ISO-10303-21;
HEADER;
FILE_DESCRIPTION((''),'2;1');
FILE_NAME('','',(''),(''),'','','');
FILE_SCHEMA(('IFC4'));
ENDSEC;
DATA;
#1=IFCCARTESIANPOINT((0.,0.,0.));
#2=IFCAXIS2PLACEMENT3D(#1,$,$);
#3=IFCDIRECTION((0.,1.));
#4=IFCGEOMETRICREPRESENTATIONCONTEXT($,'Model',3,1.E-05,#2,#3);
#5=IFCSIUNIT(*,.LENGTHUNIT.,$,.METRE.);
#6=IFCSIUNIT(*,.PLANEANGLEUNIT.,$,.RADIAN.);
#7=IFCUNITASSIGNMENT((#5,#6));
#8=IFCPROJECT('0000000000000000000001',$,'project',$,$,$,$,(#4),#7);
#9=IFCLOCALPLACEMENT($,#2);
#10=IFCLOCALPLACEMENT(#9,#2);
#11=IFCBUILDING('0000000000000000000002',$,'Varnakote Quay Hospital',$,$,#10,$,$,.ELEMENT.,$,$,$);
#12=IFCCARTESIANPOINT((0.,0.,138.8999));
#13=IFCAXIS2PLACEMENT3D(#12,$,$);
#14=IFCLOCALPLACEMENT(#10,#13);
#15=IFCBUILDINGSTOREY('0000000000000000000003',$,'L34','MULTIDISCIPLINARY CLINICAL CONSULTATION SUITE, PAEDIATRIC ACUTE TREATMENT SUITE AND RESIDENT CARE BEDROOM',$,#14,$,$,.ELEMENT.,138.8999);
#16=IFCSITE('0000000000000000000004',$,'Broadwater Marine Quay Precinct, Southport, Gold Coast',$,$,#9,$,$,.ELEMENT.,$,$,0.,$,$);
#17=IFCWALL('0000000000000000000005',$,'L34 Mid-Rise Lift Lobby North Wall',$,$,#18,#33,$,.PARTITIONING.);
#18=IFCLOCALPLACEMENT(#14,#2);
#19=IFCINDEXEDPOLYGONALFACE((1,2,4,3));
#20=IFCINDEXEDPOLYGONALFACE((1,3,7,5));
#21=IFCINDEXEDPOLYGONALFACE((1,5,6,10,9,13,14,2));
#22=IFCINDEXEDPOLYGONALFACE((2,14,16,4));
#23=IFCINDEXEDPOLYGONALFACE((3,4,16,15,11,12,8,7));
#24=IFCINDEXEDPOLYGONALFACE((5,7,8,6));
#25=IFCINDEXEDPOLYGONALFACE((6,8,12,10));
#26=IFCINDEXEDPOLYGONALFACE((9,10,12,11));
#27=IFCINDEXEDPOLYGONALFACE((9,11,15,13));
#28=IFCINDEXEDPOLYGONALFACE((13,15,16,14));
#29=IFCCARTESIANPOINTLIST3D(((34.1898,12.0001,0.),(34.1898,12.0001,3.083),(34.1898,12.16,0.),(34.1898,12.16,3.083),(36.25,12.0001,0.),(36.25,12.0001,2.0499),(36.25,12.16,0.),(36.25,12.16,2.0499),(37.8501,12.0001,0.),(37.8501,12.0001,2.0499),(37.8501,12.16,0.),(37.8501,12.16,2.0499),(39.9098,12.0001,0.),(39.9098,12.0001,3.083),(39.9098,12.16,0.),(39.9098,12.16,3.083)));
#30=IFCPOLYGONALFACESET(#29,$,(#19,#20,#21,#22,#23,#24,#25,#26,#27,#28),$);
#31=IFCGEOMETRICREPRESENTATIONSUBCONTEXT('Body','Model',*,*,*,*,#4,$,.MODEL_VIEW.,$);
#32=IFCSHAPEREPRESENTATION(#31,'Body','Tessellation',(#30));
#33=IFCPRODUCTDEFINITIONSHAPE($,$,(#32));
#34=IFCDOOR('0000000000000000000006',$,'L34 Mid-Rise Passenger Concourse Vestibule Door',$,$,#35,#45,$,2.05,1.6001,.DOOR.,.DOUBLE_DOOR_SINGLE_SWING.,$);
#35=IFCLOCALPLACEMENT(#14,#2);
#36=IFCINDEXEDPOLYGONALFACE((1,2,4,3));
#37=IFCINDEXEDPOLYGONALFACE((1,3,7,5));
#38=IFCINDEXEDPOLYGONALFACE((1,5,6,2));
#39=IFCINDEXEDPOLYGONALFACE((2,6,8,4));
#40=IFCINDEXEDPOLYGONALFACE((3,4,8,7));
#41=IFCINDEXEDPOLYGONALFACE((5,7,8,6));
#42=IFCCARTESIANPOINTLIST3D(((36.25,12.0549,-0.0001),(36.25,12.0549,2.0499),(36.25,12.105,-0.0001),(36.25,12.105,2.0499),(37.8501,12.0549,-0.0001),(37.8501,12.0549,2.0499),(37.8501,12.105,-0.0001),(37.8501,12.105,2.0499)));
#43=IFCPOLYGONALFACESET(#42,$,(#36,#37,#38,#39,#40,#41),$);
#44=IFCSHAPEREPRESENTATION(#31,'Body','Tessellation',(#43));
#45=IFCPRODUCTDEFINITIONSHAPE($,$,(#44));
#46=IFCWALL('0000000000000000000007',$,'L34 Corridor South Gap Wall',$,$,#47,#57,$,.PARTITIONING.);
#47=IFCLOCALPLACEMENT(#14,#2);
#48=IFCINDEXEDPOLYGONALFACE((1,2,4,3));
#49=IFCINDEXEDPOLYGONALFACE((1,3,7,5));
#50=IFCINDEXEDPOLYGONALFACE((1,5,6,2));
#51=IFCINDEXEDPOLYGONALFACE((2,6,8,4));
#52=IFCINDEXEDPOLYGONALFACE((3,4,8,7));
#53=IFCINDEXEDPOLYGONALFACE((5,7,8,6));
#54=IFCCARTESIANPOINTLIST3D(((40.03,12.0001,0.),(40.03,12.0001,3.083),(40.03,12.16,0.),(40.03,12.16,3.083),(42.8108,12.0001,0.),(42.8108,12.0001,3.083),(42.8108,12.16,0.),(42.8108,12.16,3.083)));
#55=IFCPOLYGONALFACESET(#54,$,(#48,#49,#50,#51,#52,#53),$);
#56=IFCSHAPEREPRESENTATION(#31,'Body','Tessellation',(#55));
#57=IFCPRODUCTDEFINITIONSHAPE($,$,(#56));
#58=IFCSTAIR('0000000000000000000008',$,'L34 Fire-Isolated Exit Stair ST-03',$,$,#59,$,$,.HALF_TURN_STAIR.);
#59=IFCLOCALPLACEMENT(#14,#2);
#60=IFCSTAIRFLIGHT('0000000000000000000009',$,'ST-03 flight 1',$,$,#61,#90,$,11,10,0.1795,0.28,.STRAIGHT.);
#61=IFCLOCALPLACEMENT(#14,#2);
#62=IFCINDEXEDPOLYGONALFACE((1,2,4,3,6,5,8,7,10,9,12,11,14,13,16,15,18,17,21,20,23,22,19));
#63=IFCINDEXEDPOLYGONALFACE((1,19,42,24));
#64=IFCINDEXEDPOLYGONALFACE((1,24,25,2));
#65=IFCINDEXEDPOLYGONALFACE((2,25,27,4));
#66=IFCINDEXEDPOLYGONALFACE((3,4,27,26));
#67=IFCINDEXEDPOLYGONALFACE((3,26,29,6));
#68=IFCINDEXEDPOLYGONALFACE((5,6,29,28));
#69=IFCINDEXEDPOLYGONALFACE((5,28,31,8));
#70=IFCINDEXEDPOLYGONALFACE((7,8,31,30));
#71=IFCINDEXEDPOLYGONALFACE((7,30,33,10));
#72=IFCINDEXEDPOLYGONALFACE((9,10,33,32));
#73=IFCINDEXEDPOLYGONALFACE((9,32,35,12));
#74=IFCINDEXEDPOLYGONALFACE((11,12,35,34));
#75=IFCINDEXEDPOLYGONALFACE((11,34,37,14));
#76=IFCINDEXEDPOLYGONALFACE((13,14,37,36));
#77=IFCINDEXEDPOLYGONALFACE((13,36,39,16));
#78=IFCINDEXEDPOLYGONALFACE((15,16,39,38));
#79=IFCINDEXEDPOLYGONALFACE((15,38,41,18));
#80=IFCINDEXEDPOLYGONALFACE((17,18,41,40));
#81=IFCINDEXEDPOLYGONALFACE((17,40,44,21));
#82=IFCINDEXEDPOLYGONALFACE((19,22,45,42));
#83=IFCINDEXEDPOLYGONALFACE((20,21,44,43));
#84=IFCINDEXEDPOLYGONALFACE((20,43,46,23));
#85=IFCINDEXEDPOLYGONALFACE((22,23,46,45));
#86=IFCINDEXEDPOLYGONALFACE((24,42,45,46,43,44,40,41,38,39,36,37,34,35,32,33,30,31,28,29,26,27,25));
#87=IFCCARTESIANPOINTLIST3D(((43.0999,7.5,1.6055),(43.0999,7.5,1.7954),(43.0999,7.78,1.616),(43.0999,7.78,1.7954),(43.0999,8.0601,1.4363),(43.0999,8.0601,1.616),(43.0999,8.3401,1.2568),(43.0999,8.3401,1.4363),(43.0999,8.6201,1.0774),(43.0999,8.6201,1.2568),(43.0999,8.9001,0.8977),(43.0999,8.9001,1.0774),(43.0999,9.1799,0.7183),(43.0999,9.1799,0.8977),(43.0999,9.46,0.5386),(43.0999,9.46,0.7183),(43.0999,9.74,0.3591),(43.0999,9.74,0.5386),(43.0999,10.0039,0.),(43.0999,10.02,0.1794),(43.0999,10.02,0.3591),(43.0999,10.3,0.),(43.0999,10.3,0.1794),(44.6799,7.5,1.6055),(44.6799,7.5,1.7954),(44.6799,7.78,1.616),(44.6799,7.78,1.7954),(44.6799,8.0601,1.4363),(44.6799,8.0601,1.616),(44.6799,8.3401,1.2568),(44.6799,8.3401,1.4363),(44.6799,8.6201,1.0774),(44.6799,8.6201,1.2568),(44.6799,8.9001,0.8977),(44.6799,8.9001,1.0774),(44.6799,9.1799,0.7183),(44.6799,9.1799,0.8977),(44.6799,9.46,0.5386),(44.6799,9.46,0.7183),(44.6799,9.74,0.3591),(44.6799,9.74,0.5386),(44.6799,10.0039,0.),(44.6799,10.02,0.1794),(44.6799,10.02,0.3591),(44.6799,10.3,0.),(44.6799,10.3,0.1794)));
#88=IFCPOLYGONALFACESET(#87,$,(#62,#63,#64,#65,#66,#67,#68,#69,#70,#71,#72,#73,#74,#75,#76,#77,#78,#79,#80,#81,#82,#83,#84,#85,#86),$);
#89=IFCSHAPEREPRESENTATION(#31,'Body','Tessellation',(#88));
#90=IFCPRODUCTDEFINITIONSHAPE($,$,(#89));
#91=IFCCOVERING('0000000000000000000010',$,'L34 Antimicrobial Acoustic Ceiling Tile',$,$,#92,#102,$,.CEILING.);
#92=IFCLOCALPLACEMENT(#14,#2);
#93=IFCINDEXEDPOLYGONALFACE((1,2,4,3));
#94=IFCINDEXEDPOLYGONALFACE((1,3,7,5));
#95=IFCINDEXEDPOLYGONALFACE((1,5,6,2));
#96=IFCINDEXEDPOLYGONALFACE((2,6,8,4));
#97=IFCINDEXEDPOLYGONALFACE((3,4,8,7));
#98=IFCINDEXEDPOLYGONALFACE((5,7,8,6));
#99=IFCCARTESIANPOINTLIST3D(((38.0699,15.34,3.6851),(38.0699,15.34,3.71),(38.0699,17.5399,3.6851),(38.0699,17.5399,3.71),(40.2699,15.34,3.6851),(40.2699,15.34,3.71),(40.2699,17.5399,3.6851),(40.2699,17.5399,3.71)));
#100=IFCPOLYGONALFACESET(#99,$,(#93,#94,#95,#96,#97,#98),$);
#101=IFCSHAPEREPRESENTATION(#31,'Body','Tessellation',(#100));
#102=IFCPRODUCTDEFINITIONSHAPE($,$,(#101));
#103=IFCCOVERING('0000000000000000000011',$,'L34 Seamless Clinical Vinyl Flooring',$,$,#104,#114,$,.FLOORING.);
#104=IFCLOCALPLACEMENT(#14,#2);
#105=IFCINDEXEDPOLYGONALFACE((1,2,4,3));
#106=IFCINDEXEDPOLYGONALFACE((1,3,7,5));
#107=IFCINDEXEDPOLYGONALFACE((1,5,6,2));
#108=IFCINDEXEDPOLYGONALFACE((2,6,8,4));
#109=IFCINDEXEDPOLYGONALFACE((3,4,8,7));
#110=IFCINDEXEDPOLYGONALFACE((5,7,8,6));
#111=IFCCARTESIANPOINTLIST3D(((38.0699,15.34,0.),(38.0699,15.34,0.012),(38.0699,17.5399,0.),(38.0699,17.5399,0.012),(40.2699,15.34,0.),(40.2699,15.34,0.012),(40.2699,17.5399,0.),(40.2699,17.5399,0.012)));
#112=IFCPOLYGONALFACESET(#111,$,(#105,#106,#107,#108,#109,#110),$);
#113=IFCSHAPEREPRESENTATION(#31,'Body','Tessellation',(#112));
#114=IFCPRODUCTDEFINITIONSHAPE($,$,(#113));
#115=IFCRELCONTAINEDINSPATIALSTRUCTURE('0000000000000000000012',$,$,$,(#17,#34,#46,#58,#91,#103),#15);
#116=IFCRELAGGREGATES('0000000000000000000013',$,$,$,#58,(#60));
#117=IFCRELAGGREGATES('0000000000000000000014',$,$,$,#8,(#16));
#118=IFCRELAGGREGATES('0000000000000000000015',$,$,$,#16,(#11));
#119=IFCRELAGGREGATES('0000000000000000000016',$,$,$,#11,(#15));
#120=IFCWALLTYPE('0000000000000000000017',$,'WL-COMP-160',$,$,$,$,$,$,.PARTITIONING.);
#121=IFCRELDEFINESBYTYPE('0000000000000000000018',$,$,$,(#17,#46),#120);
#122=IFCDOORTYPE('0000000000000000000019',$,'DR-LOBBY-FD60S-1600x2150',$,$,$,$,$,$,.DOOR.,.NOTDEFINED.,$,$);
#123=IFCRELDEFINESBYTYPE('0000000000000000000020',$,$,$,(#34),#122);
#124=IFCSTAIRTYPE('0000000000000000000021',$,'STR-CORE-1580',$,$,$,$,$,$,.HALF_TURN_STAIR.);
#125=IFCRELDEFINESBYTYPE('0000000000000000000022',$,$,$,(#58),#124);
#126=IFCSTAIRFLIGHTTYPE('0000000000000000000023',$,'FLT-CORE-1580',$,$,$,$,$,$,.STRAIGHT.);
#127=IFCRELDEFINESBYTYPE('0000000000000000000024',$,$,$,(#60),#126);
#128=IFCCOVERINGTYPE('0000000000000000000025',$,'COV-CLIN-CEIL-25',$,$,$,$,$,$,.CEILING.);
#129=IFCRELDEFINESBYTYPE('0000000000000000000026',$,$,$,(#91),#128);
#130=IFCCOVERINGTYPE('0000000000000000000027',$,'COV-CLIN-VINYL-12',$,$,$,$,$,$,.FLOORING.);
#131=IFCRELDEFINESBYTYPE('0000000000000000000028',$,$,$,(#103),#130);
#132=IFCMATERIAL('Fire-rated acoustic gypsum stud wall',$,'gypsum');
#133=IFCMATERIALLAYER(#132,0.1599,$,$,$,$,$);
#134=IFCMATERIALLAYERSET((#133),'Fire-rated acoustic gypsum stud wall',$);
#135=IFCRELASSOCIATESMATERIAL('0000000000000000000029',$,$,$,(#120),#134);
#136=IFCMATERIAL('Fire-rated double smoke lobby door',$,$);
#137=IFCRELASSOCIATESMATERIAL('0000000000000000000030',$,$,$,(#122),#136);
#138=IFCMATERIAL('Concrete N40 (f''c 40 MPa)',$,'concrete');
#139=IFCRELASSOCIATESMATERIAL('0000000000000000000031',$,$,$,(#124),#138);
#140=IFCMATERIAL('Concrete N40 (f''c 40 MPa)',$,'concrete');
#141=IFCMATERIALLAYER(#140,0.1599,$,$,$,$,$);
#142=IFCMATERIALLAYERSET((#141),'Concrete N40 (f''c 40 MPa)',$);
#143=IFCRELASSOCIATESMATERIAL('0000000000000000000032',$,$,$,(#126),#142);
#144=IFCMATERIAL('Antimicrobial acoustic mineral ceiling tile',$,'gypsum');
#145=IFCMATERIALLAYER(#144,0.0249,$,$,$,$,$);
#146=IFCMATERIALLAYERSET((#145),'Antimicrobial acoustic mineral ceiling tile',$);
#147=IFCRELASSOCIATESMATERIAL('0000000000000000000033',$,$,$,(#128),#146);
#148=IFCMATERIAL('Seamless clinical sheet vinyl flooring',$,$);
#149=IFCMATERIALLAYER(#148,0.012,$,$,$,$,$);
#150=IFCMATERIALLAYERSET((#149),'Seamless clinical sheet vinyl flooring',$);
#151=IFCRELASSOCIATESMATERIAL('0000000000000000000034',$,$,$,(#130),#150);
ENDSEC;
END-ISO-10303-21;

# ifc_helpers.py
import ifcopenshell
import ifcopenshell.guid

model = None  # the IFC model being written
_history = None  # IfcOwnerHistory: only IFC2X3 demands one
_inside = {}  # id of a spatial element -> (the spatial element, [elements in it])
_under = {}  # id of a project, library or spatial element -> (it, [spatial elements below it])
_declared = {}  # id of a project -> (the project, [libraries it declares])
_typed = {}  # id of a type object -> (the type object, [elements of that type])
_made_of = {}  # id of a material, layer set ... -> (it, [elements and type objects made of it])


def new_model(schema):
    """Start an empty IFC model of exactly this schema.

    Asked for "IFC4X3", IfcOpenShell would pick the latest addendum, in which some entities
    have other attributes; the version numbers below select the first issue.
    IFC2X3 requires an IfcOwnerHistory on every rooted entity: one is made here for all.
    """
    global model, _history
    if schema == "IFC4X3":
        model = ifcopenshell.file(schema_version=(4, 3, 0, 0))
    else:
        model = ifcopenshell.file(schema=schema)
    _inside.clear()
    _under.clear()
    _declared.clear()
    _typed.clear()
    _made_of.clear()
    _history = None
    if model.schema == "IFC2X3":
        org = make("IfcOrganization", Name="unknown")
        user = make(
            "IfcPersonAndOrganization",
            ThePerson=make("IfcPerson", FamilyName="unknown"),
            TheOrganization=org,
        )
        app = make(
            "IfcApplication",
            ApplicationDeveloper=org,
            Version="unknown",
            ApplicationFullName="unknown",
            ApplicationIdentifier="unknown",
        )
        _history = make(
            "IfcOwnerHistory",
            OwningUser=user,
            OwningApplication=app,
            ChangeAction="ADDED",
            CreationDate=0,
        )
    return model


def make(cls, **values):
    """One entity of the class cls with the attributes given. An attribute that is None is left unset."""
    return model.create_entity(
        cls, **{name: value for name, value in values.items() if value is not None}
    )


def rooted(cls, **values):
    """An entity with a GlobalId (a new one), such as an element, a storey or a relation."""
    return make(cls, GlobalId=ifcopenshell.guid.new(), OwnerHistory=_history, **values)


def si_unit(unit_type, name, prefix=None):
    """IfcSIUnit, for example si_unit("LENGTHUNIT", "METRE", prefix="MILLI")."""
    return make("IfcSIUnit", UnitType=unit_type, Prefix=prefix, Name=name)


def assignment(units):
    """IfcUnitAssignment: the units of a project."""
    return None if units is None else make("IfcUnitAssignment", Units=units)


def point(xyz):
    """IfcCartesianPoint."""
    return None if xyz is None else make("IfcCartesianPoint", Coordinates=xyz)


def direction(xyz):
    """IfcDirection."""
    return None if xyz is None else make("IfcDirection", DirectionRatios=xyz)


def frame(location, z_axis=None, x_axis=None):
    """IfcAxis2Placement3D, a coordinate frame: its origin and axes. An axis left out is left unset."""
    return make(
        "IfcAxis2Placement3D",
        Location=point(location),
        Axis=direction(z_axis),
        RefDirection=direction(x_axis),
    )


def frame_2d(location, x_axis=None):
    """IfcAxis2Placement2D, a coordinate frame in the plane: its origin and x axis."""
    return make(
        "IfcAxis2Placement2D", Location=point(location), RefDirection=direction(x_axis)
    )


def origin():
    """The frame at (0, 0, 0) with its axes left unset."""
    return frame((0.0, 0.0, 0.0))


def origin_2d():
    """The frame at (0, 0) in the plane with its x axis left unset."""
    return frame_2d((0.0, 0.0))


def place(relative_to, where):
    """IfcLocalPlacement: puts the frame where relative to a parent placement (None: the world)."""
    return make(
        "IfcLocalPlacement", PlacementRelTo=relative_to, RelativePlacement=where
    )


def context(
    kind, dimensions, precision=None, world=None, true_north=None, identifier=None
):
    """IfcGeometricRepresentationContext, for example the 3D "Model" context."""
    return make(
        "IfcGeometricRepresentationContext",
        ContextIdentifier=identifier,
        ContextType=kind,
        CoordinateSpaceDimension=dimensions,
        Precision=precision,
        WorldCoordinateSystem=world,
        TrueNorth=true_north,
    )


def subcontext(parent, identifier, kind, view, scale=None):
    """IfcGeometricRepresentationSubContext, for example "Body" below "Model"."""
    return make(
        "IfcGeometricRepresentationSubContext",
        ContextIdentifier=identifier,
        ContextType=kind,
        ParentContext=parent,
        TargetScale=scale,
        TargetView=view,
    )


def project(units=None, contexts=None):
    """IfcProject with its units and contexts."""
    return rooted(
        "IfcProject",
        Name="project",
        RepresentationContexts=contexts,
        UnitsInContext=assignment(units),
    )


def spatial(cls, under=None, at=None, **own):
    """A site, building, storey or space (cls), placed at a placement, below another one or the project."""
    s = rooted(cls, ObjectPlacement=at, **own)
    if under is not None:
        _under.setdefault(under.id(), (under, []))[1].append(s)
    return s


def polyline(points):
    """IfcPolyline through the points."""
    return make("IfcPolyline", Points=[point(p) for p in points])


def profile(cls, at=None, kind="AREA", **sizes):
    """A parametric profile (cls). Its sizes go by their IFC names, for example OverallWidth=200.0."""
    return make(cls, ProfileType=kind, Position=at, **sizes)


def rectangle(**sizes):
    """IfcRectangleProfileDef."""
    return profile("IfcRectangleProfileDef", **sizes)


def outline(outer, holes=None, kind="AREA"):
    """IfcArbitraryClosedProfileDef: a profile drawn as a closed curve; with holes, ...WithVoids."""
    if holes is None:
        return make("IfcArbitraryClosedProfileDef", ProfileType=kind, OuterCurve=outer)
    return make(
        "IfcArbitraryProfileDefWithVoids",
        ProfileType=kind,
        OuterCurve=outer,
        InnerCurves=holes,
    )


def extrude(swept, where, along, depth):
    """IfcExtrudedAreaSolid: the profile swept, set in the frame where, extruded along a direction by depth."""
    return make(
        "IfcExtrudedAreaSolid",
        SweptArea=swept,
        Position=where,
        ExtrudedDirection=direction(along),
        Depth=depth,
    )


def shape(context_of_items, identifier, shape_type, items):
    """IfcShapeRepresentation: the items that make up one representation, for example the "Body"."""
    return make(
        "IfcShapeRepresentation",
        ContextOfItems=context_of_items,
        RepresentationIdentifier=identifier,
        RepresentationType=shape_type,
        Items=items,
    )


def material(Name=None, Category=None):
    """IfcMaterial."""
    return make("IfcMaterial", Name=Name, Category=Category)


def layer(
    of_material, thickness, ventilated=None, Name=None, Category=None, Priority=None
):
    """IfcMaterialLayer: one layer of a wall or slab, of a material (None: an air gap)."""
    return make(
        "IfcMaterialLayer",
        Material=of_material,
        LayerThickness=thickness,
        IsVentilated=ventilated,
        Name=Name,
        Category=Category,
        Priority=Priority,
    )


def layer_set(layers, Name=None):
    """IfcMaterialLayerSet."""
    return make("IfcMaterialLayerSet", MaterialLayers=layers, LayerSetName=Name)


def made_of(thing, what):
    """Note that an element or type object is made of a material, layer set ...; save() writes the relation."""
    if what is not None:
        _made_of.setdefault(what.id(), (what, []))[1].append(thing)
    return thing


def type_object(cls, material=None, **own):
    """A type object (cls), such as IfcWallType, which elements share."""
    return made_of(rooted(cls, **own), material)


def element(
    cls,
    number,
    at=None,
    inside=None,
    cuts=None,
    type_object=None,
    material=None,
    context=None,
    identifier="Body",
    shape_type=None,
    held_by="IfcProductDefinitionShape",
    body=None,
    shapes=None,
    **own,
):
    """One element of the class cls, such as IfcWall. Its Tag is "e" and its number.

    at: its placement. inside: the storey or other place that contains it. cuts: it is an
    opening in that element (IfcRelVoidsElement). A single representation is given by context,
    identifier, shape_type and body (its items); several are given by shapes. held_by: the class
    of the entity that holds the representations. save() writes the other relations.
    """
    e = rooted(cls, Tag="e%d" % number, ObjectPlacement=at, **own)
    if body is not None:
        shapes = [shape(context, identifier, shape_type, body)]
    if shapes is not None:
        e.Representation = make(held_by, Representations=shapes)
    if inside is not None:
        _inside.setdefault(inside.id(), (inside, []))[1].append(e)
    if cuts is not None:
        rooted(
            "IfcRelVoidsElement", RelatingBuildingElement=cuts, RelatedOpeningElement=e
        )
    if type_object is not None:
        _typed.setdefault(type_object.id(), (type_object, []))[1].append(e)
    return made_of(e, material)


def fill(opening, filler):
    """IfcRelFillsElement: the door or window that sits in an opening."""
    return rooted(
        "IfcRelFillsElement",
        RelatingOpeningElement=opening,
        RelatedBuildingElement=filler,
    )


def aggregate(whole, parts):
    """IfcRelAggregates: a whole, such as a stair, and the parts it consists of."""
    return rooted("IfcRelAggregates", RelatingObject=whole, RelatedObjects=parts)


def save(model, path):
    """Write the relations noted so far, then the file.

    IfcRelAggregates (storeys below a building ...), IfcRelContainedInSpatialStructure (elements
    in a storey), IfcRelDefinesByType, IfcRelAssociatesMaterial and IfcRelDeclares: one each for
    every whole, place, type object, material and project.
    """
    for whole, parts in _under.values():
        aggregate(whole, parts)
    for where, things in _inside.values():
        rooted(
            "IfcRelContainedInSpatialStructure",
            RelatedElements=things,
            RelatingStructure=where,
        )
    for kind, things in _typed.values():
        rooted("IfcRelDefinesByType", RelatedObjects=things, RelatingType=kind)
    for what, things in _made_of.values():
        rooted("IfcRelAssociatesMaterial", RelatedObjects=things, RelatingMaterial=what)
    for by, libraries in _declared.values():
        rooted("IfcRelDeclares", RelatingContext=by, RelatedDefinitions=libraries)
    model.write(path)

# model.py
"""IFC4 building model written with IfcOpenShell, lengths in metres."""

from ifc_helpers import new_model, si_unit, direction, frame, frame_2d, origin, origin_2d, place, context, subcontext, project, spatial, polyline, rectangle, outline, extrude, material, layer, layer_set, type_object, element, fill, aggregate, save


model = new_model("IFC4")

# Units and contexts
model_context = context("Model", 3, precision=1e-05, world=origin(), true_north=direction((0.0, 1.0)))
body_context = subcontext(model_context, "Body", "Model", "MODEL_VIEW")
ifc_project = project(units=[si_unit("LENGTHUNIT", "METRE"), si_unit("PLANEANGLEUNIT", "RADIAN")], contexts=[model_context])

# Site, building, storey
site_placement = place(None, origin())
site = spatial("IfcSite", under=ifc_project, at=site_placement, Name="Broadwater Marine Quay Precinct, Southport, Gold Coast", CompositionType="ELEMENT", RefElevation=0.0)
building_placement = place(site_placement, origin())
building = spatial("IfcBuilding", under=site, at=building_placement, Name="Varnakote Quay Hospital", CompositionType="ELEMENT")
storey_placement = place(building_placement, frame((0.0, 0.0, 138.8999)))
storey = spatial("IfcBuildingStorey", under=building, at=storey_placement, Name="L34", Description="MULTIDISCIPLINARY CLINICAL CONSULTATION SUITE, PAEDIATRIC ACUTE TREATMENT SUITE AND RESIDENT CARE BEDROOM", CompositionType="ELEMENT", Elevation=138.8999)

# Wall, opening, door
ifc_material_1 = material(Name="Fire-rated acoustic gypsum stud wall", Category="gypsum")
ifc_layer_1 = layer(ifc_material_1, 0.1599)
ifc_layer_set_1 = layer_set([ifc_layer_1], Name="Fire-rated acoustic gypsum stud wall")
wall_type_1 = type_object("IfcWallType", Name="WL-COMP-160", PredefinedType="PARTITIONING", material=ifc_layer_set_1)
wall_1_placement = place(storey_placement, frame((34.1899, 12.0801, 0.0), z_axis=(0.0, 0.0, 1.0), x_axis=(1.0, 0.0, 0.0)))
wall_1 = element("IfcWall", 1, at=wall_1_placement, inside=storey, type_object=wall_type_1, Name="L34 Mid-Rise Lift Lobby North Wall", PredefinedType="PARTITIONING", context=body_context, shape_type="SweptSolid", body=[
    extrude(rectangle(XDim=5.72, YDim=0.1599, at=frame_2d((2.8599, 0.0))), origin(), (0.0, 0.0, 1.0), 3.083),
])
opening_1_placement = place(wall_1_placement, frame((2.0601, 0.0, 0.0)))
opening_1 = element("IfcOpeningElement", 2, at=opening_1_placement, cuts=wall_1, PredefinedType="OPENING", context=body_context, shape_type="SweptSolid", body=[
    extrude(rectangle(XDim=1.6001, YDim=2.05, at=frame_2d((0.8, 1.0249))), frame((0.0, 0.0898, 0.0), z_axis=(0.0, -1.0, 0.0), x_axis=(1.0, 0.0, 0.0)), (0.0, 0.0, 1.0), 0.1799),
])
ifc_material_2 = material(Name="Fire-rated double smoke lobby door")
door_type_1 = type_object("IfcDoorType", Name="DR-LOBBY-FD60S-1600x2150", OperationType="NOTDEFINED", PredefinedType="DOOR", material=ifc_material_2)
door_1_placement = place(opening_1_placement, origin())
door_1 = element("IfcDoor", 3, at=door_1_placement, inside=storey, type_object=door_type_1, Name="L34 Mid-Rise Passenger Concourse Vestibule Door", OperationType="DOUBLE_DOOR_SINGLE_SWING", OverallHeight=2.05, OverallWidth=1.6001, PredefinedType="DOOR", context=body_context, shape_type="SweptSolid", body=[
    extrude(rectangle(XDim=1.6001, YDim=2.05, at=frame_2d((0.8, 1.0249))), frame((0.0, 0.0249, 0.0), z_axis=(0.0, -1.0, 0.0), x_axis=(1.0, 0.0, 0.0)), (0.0, 0.0, 1.0), 0.05),
])
fill(opening_1, door_1)

# Wall
wall_2_placement = place(storey_placement, frame((40.03, 12.0801, 0.0), z_axis=(0.0, 0.0, 1.0), x_axis=(1.0, 0.0, 0.0)))
element("IfcWall", 4, at=wall_2_placement, inside=storey, type_object=wall_type_1, Name="L34 Corridor South Gap Wall", PredefinedType="PARTITIONING", context=body_context, shape_type="SweptSolid", body=[
    extrude(rectangle(XDim=2.7808, YDim=0.1599, at=frame_2d((1.3904, 0.0))), origin(), (0.0, 0.0, 1.0), 3.083),
])

# Stair, stair flight
ifc_material_3 = material(Name="Concrete N40 (f'c 40 MPa)", Category="concrete")
stair_type = type_object("IfcStairType", Name="STR-CORE-1580", PredefinedType="HALF_TURN_STAIR", material=ifc_material_3)
stair_placement = place(storey_placement, origin())
stair = element("IfcStair", 5, at=stair_placement, inside=storey, type_object=stair_type, Name="L34 Fire-Isolated Exit Stair ST-03", PredefinedType="HALF_TURN_STAIR")
ifc_material_4 = material(Name="Concrete N40 (f'c 40 MPa)", Category="concrete")
ifc_layer_2 = layer(ifc_material_4, 0.1599)
ifc_layer_set_2 = layer_set([ifc_layer_2], Name="Concrete N40 (f'c 40 MPa)")
stair_flight_type = type_object("IfcStairFlightType", Name="FLT-CORE-1580", PredefinedType="STRAIGHT", material=ifc_layer_set_2)
stair_flight_placement = place(storey_placement, frame((43.8899, 10.3, 0.0), z_axis=(0.0, 0.0, 1.0), x_axis=(0.0, -1.0, 0.0)))
stair_flight = element("IfcStairFlight", 6, at=stair_flight_placement, type_object=stair_flight_type, Name="ST-03 flight 1", NumberOfRisers=11, NumberOfTreads=10, PredefinedType="STRAIGHT", RiserHeight=0.1795, TreadLength=0.28, context=body_context, shape_type="SweptSolid", body=[
    extrude(outline(polyline([(0.0, 0.0), (0.0, 0.1794), (0.28, 0.1794), (0.28, 0.3591), (0.5601, 0.3591), (0.5601, 0.5386), (0.8401, 0.5386), (0.8401, 0.7183), (1.1201, 0.7183), (1.1201, 0.8977), (1.3999, 0.8977), (1.3999, 1.0774), (1.6799, 1.0774), (1.6799, 1.2568), (1.96, 1.2568), (1.96, 1.4363), (2.24, 1.4363), (2.24, 1.616), (2.52, 1.616), (2.52, 1.7954), (2.8, 1.7954), (2.8, 1.9751), (2.8, 1.6055), (0.2961, 0.0), (0.0, 0.0)])), frame((0.0, 0.79, 0.0), z_axis=(0.0, -1.0, 0.0), x_axis=(1.0, 0.0, 0.0)), (0.0, 0.0, 1.0), 1.5801),
])
aggregate(stair, [stair_flight])

# Coverings
ifc_material_5 = material(Name="Antimicrobial acoustic mineral ceiling tile", Category="gypsum")
ifc_layer_3 = layer(ifc_material_5, 0.0249)
ifc_layer_set_3 = layer_set([ifc_layer_3], Name="Antimicrobial acoustic mineral ceiling tile")
covering_type_1 = type_object("IfcCoveringType", Name="COV-CLIN-CEIL-25", PredefinedType="CEILING", material=ifc_layer_set_3)
covering_1_placement = place(storey_placement, frame((39.1699, 16.4399, 3.6851), z_axis=(0.0, 0.0, 1.0), x_axis=(1.0, 0.0, 0.0)))
element("IfcCovering", 7, at=covering_1_placement, inside=storey, type_object=covering_type_1, Name="L34 Antimicrobial Acoustic Ceiling Tile", PredefinedType="CEILING", context=body_context, shape_type="SweptSolid", body=[
    extrude(rectangle(XDim=2.2, YDim=2.2, at=origin_2d()), origin(), (0.0, 0.0, 1.0), 0.0249),
])
ifc_material_6 = material(Name="Seamless clinical sheet vinyl flooring")
ifc_layer_4 = layer(ifc_material_6, 0.012)
ifc_layer_set_4 = layer_set([ifc_layer_4], Name="Seamless clinical sheet vinyl flooring")
covering_type_2 = type_object("IfcCoveringType", Name="COV-CLIN-VINYL-12", PredefinedType="FLOORING", material=ifc_layer_set_4)
covering_2_placement = place(storey_placement, frame((39.1699, 16.4399, 0.0), z_axis=(0.0, 0.0, 1.0), x_axis=(1.0, 0.0, 0.0)))
element("IfcCovering", 8, at=covering_2_placement, inside=storey, type_object=covering_type_2, Name="L34 Seamless Clinical Vinyl Flooring", PredefinedType="FLOORING", context=body_context, shape_type="SweptSolid", body=[
    extrude(rectangle(XDim=2.2, YDim=2.2, at=origin_2d()), origin(), (0.0, 0.0, 1.0), 0.012),
])

save(model, "model.ifc")
